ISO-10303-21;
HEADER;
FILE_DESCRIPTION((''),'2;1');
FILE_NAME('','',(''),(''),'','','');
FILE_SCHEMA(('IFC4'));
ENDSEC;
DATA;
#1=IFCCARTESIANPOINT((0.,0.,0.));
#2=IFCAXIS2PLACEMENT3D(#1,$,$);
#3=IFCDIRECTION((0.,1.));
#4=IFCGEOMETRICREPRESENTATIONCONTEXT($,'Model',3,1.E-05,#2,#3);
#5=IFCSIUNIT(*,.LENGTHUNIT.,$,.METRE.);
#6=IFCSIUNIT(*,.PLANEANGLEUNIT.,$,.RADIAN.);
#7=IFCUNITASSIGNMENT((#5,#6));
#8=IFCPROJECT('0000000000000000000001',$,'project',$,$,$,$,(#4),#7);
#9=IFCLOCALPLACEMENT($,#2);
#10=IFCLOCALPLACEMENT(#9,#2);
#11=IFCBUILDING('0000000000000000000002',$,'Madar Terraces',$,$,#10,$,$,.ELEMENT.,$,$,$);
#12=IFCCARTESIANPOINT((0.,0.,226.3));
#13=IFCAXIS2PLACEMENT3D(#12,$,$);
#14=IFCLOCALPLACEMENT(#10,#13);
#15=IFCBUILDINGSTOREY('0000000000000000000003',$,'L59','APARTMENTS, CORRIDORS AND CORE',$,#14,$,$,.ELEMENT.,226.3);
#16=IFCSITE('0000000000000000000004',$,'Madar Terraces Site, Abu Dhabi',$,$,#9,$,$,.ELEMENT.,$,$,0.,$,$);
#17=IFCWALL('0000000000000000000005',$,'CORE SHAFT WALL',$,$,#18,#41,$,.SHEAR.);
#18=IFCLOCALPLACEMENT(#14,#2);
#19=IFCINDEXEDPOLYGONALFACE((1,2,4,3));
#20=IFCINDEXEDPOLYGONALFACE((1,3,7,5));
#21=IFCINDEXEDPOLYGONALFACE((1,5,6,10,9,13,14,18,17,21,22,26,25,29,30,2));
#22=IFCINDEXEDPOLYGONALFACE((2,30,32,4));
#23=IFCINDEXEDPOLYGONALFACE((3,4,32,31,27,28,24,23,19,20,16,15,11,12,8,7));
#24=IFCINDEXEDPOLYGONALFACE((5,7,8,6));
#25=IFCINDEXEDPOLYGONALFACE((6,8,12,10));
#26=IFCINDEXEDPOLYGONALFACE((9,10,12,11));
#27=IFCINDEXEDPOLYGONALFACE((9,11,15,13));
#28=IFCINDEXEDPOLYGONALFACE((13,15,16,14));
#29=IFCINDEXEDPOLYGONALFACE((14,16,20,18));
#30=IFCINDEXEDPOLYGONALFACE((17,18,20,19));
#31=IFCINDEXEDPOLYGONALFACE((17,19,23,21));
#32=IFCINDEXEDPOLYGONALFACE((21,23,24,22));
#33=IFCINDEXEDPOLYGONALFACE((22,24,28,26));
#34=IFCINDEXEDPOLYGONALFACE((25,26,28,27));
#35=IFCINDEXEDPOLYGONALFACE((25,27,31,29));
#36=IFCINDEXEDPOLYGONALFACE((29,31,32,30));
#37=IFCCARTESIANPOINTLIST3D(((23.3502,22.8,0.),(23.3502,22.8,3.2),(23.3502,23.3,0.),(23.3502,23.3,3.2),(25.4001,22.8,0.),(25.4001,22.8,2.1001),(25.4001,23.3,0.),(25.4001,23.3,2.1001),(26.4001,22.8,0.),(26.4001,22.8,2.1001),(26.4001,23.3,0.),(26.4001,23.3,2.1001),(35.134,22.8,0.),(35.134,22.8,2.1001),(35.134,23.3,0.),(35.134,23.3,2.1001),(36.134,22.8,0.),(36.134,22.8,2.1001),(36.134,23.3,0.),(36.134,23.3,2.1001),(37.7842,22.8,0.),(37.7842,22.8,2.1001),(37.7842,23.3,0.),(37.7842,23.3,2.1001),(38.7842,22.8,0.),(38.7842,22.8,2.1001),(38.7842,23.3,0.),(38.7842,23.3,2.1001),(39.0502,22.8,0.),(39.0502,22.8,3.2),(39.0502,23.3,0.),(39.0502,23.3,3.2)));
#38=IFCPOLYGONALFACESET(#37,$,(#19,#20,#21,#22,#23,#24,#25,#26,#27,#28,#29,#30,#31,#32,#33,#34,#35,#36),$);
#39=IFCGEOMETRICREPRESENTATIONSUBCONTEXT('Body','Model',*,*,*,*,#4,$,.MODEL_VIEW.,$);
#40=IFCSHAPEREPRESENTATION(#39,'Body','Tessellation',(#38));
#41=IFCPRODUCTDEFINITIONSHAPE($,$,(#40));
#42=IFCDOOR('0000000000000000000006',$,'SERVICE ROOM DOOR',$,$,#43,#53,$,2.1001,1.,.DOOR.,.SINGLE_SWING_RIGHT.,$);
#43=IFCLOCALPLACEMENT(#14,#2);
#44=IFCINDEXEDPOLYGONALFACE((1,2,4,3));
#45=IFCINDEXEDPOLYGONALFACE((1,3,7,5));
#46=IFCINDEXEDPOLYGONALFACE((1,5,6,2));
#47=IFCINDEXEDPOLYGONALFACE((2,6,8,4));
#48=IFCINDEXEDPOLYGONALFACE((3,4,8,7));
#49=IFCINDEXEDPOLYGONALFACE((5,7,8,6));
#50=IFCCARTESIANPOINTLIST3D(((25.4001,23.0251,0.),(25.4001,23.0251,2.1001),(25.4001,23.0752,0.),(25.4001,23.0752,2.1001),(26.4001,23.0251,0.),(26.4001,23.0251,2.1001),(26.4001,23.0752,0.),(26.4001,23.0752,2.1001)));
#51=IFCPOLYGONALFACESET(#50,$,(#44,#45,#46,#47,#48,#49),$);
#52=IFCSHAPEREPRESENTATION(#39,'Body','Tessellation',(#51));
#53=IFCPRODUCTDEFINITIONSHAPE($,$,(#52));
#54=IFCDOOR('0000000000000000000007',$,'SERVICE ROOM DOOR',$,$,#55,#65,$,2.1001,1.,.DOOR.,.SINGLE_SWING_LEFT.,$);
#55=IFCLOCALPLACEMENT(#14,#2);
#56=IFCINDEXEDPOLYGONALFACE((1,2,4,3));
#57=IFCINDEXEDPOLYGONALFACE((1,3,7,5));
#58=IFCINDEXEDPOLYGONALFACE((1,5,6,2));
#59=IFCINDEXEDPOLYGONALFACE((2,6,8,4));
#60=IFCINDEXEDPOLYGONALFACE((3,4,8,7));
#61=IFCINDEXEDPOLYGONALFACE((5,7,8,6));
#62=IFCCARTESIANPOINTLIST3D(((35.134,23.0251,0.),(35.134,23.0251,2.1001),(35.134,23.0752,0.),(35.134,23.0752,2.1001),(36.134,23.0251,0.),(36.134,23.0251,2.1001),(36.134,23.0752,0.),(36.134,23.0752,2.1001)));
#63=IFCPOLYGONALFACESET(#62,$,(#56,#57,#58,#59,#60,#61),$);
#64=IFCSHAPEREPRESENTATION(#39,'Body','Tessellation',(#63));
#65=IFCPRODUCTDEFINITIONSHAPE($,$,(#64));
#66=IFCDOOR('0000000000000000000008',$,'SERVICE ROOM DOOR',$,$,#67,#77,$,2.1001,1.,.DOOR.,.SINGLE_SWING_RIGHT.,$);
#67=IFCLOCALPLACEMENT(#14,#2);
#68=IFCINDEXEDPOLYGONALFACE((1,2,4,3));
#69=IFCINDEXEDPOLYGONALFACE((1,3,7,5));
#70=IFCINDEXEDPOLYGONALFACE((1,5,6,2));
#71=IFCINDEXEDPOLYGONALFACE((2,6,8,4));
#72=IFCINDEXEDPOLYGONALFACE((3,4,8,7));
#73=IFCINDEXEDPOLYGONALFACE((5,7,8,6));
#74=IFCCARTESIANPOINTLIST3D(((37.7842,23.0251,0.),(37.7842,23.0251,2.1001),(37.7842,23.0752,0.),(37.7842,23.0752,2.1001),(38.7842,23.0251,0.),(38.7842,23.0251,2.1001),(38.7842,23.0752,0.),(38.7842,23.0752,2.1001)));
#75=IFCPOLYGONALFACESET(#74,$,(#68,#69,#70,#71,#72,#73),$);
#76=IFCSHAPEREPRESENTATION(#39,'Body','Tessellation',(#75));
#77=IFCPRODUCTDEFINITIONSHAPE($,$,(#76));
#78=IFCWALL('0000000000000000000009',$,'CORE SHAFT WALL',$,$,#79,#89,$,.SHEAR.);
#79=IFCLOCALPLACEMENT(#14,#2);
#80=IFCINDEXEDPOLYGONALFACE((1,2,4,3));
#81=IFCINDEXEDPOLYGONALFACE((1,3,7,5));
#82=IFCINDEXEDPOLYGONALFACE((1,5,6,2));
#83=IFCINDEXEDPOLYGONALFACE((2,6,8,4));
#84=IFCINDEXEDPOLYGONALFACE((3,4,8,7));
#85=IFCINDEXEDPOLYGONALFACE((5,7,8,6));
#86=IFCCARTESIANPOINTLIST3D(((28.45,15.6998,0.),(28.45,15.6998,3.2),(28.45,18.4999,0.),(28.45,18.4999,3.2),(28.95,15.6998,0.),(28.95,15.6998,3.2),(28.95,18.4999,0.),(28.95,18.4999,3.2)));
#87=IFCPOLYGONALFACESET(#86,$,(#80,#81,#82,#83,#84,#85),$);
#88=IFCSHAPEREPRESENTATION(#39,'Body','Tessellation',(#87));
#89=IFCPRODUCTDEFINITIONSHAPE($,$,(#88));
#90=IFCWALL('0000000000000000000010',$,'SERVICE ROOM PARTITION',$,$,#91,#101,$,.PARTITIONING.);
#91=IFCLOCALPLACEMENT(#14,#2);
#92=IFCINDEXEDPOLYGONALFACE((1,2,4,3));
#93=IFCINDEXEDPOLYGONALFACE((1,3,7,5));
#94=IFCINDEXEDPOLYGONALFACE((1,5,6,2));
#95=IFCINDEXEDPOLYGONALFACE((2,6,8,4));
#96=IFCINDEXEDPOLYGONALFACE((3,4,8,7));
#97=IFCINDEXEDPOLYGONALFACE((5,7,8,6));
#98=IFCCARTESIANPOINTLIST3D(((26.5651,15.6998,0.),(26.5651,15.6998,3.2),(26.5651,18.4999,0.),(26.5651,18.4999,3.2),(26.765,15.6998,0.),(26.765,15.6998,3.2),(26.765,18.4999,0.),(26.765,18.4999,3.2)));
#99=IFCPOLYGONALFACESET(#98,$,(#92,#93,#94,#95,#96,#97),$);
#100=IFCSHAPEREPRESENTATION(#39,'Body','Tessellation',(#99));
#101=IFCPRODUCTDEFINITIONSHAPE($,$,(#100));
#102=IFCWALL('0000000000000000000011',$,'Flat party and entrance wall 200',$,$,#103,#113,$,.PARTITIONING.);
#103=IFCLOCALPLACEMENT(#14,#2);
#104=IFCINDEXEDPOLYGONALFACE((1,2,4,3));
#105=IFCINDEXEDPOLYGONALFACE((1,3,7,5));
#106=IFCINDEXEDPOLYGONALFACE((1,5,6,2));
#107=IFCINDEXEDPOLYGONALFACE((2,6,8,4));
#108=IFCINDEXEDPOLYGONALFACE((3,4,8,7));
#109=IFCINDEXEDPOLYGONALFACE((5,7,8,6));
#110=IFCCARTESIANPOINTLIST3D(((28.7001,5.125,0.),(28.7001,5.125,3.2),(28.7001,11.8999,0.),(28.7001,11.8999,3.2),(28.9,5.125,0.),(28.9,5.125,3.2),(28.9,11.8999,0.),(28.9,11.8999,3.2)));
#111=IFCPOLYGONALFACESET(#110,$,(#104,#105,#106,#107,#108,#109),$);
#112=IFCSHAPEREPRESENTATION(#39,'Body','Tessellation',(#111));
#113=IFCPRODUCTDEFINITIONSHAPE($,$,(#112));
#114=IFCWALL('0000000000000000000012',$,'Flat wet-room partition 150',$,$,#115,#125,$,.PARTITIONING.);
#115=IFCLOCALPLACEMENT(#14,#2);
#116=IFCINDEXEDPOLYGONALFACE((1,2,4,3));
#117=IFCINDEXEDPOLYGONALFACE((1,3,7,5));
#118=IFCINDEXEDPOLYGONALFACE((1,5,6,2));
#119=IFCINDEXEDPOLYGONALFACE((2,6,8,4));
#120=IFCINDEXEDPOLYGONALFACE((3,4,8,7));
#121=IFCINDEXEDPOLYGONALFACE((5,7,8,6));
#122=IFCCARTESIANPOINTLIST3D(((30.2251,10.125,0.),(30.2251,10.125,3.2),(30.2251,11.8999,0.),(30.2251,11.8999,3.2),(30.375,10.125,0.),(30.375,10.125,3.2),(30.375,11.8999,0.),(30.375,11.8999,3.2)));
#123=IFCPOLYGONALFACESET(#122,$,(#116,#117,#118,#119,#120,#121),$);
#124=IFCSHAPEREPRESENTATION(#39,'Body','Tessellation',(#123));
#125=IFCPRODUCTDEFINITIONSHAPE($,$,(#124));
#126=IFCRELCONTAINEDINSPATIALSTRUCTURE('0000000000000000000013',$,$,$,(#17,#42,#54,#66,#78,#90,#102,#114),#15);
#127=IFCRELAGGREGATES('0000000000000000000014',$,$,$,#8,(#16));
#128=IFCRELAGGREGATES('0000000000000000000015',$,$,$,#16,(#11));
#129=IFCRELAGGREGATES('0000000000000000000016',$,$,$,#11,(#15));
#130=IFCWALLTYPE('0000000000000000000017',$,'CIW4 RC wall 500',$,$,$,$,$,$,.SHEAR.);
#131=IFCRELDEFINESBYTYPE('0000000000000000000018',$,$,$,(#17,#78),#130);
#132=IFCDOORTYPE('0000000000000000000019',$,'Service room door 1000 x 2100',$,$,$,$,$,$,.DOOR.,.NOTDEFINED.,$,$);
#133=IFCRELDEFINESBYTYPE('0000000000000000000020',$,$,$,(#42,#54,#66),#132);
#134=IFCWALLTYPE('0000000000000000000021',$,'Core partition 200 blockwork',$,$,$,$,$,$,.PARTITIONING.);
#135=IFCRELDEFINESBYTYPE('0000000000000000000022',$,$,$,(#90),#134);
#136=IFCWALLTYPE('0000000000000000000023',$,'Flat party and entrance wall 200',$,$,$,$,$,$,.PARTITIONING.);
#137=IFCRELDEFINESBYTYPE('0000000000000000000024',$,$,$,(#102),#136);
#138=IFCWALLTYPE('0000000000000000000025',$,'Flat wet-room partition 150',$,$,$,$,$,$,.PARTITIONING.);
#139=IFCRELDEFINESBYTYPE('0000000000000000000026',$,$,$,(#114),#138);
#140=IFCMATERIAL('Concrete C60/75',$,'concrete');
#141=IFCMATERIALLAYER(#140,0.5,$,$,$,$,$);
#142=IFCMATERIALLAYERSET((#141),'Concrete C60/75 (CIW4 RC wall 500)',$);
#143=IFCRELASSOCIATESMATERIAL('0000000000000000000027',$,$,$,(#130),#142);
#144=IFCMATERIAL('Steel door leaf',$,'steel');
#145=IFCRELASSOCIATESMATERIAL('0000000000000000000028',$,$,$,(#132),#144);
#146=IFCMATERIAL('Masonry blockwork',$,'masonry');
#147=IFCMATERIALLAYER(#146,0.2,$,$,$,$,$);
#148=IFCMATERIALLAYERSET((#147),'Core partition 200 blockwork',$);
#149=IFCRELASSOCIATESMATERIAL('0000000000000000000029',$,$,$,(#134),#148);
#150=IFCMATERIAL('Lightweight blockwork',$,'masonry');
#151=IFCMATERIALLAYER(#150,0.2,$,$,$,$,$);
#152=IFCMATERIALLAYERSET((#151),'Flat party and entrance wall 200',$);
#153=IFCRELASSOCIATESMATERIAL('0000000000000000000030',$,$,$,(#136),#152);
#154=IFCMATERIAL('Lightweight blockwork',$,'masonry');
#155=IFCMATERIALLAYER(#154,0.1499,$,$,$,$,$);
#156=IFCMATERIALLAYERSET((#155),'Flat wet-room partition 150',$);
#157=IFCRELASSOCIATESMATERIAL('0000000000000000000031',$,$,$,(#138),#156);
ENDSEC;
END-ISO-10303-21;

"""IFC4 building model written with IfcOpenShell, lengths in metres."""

from ifc_helpers import new_model, si_unit, direction, frame, frame_2d, origin, place, context, subcontext, project, spatial, rectangle, extrude, material, layer, layer_set, type_object, element, fill, save


model = new_model("IFC4")

# Units and contexts
model_context = context("Model", 3, precision=1e-05, world=origin(), true_north=direction((0.0, 1.0)))
body_context = subcontext(model_context, "Body", "Model", "MODEL_VIEW")
ifc_project = project(units=[si_unit("LENGTHUNIT", "METRE"), si_unit("PLANEANGLEUNIT", "RADIAN")], contexts=[model_context])

# Site, building, storey
site_placement = place(None, origin())
site = spatial("IfcSite", under=ifc_project, at=site_placement, Name="Madar Terraces Site, Abu Dhabi", CompositionType="ELEMENT", RefElevation=0.0)
building_placement = place(site_placement, origin())
building = spatial("IfcBuilding", under=site, at=building_placement, Name="Madar Terraces", CompositionType="ELEMENT")
storey_placement = place(building_placement, frame((0.0, 0.0, 226.3)))
storey = spatial("IfcBuildingStorey", under=building, at=storey_placement, Name="L59", Description="APARTMENTS, CORRIDORS AND CORE", CompositionType="ELEMENT", Elevation=226.3)

# Shared definitions
ifc_material_1 = material(Name="Concrete C60/75", Category="concrete")
ifc_layer_1 = layer(ifc_material_1, 0.5)
ifc_layer_set_1 = layer_set([ifc_layer_1], Name="Concrete C60/75 (CIW4 RC wall 500)")
wall_type_1 = type_object("IfcWallType", Name="CIW4 RC wall 500", PredefinedType="SHEAR", material=ifc_layer_set_1)

# Wall, openings, doors
ifc_material_2 = material(Name="Steel door leaf", Category="steel")
door_type = type_object("IfcDoorType", Name="Service room door 1000 x 2100", OperationType="NOTDEFINED", PredefinedType="DOOR", material=ifc_material_2)
wall_1_placement = place(storey_placement, frame((23.3501, 23.05, 0.0), z_axis=(0.0, 0.0, 1.0), x_axis=(1.0, 0.0, 0.0)))
wall_1 = element("IfcWall", 1, at=wall_1_placement, inside=storey, type_object=wall_type_1, Name="CORE SHAFT WALL", PredefinedType="SHEAR", context=body_context, shape_type="SweptSolid", body=[
    extrude(rectangle(XDim=15.7, YDim=0.5, at=frame_2d((7.8501, 0.0))), origin(), (0.0, 0.0, 1.0), 3.2),
])
opening_1_placement = place(wall_1_placement, frame((2.05, 0.0, 0.0)))
opening_1 = element("IfcOpeningElement", 2, at=opening_1_placement, cuts=wall_1, PredefinedType="OPENING", context=body_context, shape_type="SweptSolid", body=[
    extrude(rectangle(XDim=1.0, YDim=2.1001, at=frame_2d((0.5, 1.05))), frame((0.0, 0.26, 0.0), z_axis=(0.0, -1.0, 0.0), x_axis=(1.0, 0.0, 0.0)), (0.0, 0.0, 1.0), 0.52),
])
opening_2_placement = place(wall_1_placement, frame((11.7839, 0.0, 0.0)))
opening_2 = element("IfcOpeningElement", 3, at=opening_2_placement, cuts=wall_1, PredefinedType="OPENING", context=body_context, shape_type="SweptSolid", body=[
    extrude(rectangle(XDim=1.0, YDim=2.1001, at=frame_2d((0.5, 1.05))), frame((0.0, 0.26, 0.0), z_axis=(0.0, -1.0, 0.0), x_axis=(1.0, 0.0, 0.0)), (0.0, 0.0, 1.0), 0.52),
])
opening_3_placement = place(wall_1_placement, frame((14.4341, 0.0, 0.0)))
opening_3 = element("IfcOpeningElement", 4, at=opening_3_placement, cuts=wall_1, PredefinedType="OPENING", context=body_context, shape_type="SweptSolid", body=[
    extrude(rectangle(XDim=1.0, YDim=2.1001, at=frame_2d((0.5, 1.05))), frame((0.0, 0.26, 0.0), z_axis=(0.0, -1.0, 0.0), x_axis=(1.0, 0.0, 0.0)), (0.0, 0.0, 1.0), 0.52),
])
door_1_placement = place(opening_1_placement, frame((1.0, 0.0, 0.0), z_axis=(0.0, 0.0, 1.0), x_axis=(-1.0, 0.0, 0.0)))
door_1 = element("IfcDoor", 5, at=door_1_placement, inside=storey, type_object=door_type, Name="SERVICE ROOM DOOR", OperationType="SINGLE_SWING_RIGHT", OverallHeight=2.1001, OverallWidth=1.0, PredefinedType="DOOR", context=body_context, shape_type="SweptSolid", body=[
    extrude(rectangle(XDim=1.0, YDim=2.1001, at=frame_2d((0.5, 1.05))), frame((0.0, 0.0249, 0.0), z_axis=(0.0, -1.0, 0.0), x_axis=(1.0, 0.0, 0.0)), (0.0, 0.0, 1.0), 0.05),
])
fill(opening_1, door_1)
door_2_placement = place(opening_2_placement, frame((1.0, 0.0, 0.0), z_axis=(0.0, 0.0, 1.0), x_axis=(-1.0, 0.0, 0.0)))
door_2 = element("IfcDoor", 6, at=door_2_placement, inside=storey, type_object=door_type, Name="SERVICE ROOM DOOR", OperationType="SINGLE_SWING_LEFT", OverallHeight=2.1001, OverallWidth=1.0, PredefinedType="DOOR", context=body_context, shape_type="SweptSolid", body=[
    extrude(rectangle(XDim=1.0, YDim=2.1001, at=frame_2d((0.5, 1.05))), frame((0.0, 0.0249, 0.0), z_axis=(0.0, -1.0, 0.0), x_axis=(1.0, 0.0, 0.0)), (0.0, 0.0, 1.0), 0.05),
])
fill(opening_2, door_2)
door_3_placement = place(opening_3_placement, frame((1.0, 0.0, 0.0), z_axis=(0.0, 0.0, 1.0), x_axis=(-1.0, 0.0, 0.0)))
door_3 = element("IfcDoor", 7, at=door_3_placement, inside=storey, type_object=door_type, Name="SERVICE ROOM DOOR", OperationType="SINGLE_SWING_RIGHT", OverallHeight=2.1001, OverallWidth=1.0, PredefinedType="DOOR", context=body_context, shape_type="SweptSolid", body=[
    extrude(rectangle(XDim=1.0, YDim=2.1001, at=frame_2d((0.5, 1.05))), frame((0.0, 0.0249, 0.0), z_axis=(0.0, -1.0, 0.0), x_axis=(1.0, 0.0, 0.0)), (0.0, 0.0, 1.0), 0.05),
])
fill(opening_3, door_3)

# Walls
wall_2_placement = place(storey_placement, frame((28.7, 15.7, 0.0), z_axis=(0.0, 0.0, 1.0), x_axis=(0.0, 1.0, 0.0)))
element("IfcWall", 8, at=wall_2_placement, inside=storey, type_object=wall_type_1, Name="CORE SHAFT WALL", PredefinedType="SHEAR", context=body_context, shape_type="SweptSolid", body=[
    extrude(rectangle(XDim=2.8, YDim=0.5, at=frame_2d((1.3999, 0.0))), origin(), (0.0, 0.0, 1.0), 3.2),
])
ifc_material_3 = material(Name="Masonry blockwork", Category="masonry")
ifc_layer_2 = layer(ifc_material_3, 0.2)
ifc_layer_set_2 = layer_set([ifc_layer_2], Name="Core partition 200 blockwork")
wall_type_2 = type_object("IfcWallType", Name="Core partition 200 blockwork", PredefinedType="PARTITIONING", material=ifc_layer_set_2)
wall_3_placement = place(storey_placement, frame((26.665, 15.7, 0.0), z_axis=(0.0, 0.0, 1.0), x_axis=(0.0, 1.0, 0.0)))
element("IfcWall", 9, at=wall_3_placement, inside=storey, type_object=wall_type_2, Name="SERVICE ROOM PARTITION", PredefinedType="PARTITIONING", context=body_context, shape_type="SweptSolid", body=[
    extrude(rectangle(XDim=2.8, YDim=0.2, at=frame_2d((1.3999, 0.0))), origin(), (0.0, 0.0, 1.0), 3.2),
])
ifc_material_4 = material(Name="Lightweight blockwork", Category="masonry")
ifc_layer_3 = layer(ifc_material_4, 0.2)
ifc_layer_set_3 = layer_set([ifc_layer_3], Name="Flat party and entrance wall 200")
wall_type_3 = type_object("IfcWallType", Name="Flat party and entrance wall 200", PredefinedType="PARTITIONING", material=ifc_layer_set_3)
wall_4_placement = place(storey_placement, frame((28.8, 11.8999, 0.0), z_axis=(0.0, 0.0, 1.0), x_axis=(0.0, -1.0, 0.0)))
element("IfcWall", 10, at=wall_4_placement, inside=storey, type_object=wall_type_3, Name="Flat party and entrance wall 200", PredefinedType="PARTITIONING", context=body_context, shape_type="SweptSolid", body=[
    extrude(rectangle(XDim=6.7749, YDim=0.2, at=frame_2d((3.3875, 0.0))), origin(), (0.0, 0.0, 1.0), 3.2),
])
ifc_material_5 = material(Name="Lightweight blockwork", Category="masonry")
ifc_layer_4 = layer(ifc_material_5, 0.1499)
ifc_layer_set_4 = layer_set([ifc_layer_4], Name="Flat wet-room partition 150")
wall_type_4 = type_object("IfcWallType", Name="Flat wet-room partition 150", PredefinedType="PARTITIONING", material=ifc_layer_set_4)
wall_5_placement = place(storey_placement, frame((30.3, 11.8999, 0.0), z_axis=(0.0, 0.0, 1.0), x_axis=(0.0, -1.0, 0.0)))
element("IfcWall", 11, at=wall_5_placement, inside=storey, type_object=wall_type_4, Name="Flat wet-room partition 150", PredefinedType="PARTITIONING", context=body_context, shape_type="SweptSolid", body=[
    extrude(rectangle(XDim=1.7749, YDim=0.1499, at=frame_2d((0.8875, 0.0))), origin(), (0.0, 0.0, 1.0), 3.2),
])

save(model, "model.ifc")
